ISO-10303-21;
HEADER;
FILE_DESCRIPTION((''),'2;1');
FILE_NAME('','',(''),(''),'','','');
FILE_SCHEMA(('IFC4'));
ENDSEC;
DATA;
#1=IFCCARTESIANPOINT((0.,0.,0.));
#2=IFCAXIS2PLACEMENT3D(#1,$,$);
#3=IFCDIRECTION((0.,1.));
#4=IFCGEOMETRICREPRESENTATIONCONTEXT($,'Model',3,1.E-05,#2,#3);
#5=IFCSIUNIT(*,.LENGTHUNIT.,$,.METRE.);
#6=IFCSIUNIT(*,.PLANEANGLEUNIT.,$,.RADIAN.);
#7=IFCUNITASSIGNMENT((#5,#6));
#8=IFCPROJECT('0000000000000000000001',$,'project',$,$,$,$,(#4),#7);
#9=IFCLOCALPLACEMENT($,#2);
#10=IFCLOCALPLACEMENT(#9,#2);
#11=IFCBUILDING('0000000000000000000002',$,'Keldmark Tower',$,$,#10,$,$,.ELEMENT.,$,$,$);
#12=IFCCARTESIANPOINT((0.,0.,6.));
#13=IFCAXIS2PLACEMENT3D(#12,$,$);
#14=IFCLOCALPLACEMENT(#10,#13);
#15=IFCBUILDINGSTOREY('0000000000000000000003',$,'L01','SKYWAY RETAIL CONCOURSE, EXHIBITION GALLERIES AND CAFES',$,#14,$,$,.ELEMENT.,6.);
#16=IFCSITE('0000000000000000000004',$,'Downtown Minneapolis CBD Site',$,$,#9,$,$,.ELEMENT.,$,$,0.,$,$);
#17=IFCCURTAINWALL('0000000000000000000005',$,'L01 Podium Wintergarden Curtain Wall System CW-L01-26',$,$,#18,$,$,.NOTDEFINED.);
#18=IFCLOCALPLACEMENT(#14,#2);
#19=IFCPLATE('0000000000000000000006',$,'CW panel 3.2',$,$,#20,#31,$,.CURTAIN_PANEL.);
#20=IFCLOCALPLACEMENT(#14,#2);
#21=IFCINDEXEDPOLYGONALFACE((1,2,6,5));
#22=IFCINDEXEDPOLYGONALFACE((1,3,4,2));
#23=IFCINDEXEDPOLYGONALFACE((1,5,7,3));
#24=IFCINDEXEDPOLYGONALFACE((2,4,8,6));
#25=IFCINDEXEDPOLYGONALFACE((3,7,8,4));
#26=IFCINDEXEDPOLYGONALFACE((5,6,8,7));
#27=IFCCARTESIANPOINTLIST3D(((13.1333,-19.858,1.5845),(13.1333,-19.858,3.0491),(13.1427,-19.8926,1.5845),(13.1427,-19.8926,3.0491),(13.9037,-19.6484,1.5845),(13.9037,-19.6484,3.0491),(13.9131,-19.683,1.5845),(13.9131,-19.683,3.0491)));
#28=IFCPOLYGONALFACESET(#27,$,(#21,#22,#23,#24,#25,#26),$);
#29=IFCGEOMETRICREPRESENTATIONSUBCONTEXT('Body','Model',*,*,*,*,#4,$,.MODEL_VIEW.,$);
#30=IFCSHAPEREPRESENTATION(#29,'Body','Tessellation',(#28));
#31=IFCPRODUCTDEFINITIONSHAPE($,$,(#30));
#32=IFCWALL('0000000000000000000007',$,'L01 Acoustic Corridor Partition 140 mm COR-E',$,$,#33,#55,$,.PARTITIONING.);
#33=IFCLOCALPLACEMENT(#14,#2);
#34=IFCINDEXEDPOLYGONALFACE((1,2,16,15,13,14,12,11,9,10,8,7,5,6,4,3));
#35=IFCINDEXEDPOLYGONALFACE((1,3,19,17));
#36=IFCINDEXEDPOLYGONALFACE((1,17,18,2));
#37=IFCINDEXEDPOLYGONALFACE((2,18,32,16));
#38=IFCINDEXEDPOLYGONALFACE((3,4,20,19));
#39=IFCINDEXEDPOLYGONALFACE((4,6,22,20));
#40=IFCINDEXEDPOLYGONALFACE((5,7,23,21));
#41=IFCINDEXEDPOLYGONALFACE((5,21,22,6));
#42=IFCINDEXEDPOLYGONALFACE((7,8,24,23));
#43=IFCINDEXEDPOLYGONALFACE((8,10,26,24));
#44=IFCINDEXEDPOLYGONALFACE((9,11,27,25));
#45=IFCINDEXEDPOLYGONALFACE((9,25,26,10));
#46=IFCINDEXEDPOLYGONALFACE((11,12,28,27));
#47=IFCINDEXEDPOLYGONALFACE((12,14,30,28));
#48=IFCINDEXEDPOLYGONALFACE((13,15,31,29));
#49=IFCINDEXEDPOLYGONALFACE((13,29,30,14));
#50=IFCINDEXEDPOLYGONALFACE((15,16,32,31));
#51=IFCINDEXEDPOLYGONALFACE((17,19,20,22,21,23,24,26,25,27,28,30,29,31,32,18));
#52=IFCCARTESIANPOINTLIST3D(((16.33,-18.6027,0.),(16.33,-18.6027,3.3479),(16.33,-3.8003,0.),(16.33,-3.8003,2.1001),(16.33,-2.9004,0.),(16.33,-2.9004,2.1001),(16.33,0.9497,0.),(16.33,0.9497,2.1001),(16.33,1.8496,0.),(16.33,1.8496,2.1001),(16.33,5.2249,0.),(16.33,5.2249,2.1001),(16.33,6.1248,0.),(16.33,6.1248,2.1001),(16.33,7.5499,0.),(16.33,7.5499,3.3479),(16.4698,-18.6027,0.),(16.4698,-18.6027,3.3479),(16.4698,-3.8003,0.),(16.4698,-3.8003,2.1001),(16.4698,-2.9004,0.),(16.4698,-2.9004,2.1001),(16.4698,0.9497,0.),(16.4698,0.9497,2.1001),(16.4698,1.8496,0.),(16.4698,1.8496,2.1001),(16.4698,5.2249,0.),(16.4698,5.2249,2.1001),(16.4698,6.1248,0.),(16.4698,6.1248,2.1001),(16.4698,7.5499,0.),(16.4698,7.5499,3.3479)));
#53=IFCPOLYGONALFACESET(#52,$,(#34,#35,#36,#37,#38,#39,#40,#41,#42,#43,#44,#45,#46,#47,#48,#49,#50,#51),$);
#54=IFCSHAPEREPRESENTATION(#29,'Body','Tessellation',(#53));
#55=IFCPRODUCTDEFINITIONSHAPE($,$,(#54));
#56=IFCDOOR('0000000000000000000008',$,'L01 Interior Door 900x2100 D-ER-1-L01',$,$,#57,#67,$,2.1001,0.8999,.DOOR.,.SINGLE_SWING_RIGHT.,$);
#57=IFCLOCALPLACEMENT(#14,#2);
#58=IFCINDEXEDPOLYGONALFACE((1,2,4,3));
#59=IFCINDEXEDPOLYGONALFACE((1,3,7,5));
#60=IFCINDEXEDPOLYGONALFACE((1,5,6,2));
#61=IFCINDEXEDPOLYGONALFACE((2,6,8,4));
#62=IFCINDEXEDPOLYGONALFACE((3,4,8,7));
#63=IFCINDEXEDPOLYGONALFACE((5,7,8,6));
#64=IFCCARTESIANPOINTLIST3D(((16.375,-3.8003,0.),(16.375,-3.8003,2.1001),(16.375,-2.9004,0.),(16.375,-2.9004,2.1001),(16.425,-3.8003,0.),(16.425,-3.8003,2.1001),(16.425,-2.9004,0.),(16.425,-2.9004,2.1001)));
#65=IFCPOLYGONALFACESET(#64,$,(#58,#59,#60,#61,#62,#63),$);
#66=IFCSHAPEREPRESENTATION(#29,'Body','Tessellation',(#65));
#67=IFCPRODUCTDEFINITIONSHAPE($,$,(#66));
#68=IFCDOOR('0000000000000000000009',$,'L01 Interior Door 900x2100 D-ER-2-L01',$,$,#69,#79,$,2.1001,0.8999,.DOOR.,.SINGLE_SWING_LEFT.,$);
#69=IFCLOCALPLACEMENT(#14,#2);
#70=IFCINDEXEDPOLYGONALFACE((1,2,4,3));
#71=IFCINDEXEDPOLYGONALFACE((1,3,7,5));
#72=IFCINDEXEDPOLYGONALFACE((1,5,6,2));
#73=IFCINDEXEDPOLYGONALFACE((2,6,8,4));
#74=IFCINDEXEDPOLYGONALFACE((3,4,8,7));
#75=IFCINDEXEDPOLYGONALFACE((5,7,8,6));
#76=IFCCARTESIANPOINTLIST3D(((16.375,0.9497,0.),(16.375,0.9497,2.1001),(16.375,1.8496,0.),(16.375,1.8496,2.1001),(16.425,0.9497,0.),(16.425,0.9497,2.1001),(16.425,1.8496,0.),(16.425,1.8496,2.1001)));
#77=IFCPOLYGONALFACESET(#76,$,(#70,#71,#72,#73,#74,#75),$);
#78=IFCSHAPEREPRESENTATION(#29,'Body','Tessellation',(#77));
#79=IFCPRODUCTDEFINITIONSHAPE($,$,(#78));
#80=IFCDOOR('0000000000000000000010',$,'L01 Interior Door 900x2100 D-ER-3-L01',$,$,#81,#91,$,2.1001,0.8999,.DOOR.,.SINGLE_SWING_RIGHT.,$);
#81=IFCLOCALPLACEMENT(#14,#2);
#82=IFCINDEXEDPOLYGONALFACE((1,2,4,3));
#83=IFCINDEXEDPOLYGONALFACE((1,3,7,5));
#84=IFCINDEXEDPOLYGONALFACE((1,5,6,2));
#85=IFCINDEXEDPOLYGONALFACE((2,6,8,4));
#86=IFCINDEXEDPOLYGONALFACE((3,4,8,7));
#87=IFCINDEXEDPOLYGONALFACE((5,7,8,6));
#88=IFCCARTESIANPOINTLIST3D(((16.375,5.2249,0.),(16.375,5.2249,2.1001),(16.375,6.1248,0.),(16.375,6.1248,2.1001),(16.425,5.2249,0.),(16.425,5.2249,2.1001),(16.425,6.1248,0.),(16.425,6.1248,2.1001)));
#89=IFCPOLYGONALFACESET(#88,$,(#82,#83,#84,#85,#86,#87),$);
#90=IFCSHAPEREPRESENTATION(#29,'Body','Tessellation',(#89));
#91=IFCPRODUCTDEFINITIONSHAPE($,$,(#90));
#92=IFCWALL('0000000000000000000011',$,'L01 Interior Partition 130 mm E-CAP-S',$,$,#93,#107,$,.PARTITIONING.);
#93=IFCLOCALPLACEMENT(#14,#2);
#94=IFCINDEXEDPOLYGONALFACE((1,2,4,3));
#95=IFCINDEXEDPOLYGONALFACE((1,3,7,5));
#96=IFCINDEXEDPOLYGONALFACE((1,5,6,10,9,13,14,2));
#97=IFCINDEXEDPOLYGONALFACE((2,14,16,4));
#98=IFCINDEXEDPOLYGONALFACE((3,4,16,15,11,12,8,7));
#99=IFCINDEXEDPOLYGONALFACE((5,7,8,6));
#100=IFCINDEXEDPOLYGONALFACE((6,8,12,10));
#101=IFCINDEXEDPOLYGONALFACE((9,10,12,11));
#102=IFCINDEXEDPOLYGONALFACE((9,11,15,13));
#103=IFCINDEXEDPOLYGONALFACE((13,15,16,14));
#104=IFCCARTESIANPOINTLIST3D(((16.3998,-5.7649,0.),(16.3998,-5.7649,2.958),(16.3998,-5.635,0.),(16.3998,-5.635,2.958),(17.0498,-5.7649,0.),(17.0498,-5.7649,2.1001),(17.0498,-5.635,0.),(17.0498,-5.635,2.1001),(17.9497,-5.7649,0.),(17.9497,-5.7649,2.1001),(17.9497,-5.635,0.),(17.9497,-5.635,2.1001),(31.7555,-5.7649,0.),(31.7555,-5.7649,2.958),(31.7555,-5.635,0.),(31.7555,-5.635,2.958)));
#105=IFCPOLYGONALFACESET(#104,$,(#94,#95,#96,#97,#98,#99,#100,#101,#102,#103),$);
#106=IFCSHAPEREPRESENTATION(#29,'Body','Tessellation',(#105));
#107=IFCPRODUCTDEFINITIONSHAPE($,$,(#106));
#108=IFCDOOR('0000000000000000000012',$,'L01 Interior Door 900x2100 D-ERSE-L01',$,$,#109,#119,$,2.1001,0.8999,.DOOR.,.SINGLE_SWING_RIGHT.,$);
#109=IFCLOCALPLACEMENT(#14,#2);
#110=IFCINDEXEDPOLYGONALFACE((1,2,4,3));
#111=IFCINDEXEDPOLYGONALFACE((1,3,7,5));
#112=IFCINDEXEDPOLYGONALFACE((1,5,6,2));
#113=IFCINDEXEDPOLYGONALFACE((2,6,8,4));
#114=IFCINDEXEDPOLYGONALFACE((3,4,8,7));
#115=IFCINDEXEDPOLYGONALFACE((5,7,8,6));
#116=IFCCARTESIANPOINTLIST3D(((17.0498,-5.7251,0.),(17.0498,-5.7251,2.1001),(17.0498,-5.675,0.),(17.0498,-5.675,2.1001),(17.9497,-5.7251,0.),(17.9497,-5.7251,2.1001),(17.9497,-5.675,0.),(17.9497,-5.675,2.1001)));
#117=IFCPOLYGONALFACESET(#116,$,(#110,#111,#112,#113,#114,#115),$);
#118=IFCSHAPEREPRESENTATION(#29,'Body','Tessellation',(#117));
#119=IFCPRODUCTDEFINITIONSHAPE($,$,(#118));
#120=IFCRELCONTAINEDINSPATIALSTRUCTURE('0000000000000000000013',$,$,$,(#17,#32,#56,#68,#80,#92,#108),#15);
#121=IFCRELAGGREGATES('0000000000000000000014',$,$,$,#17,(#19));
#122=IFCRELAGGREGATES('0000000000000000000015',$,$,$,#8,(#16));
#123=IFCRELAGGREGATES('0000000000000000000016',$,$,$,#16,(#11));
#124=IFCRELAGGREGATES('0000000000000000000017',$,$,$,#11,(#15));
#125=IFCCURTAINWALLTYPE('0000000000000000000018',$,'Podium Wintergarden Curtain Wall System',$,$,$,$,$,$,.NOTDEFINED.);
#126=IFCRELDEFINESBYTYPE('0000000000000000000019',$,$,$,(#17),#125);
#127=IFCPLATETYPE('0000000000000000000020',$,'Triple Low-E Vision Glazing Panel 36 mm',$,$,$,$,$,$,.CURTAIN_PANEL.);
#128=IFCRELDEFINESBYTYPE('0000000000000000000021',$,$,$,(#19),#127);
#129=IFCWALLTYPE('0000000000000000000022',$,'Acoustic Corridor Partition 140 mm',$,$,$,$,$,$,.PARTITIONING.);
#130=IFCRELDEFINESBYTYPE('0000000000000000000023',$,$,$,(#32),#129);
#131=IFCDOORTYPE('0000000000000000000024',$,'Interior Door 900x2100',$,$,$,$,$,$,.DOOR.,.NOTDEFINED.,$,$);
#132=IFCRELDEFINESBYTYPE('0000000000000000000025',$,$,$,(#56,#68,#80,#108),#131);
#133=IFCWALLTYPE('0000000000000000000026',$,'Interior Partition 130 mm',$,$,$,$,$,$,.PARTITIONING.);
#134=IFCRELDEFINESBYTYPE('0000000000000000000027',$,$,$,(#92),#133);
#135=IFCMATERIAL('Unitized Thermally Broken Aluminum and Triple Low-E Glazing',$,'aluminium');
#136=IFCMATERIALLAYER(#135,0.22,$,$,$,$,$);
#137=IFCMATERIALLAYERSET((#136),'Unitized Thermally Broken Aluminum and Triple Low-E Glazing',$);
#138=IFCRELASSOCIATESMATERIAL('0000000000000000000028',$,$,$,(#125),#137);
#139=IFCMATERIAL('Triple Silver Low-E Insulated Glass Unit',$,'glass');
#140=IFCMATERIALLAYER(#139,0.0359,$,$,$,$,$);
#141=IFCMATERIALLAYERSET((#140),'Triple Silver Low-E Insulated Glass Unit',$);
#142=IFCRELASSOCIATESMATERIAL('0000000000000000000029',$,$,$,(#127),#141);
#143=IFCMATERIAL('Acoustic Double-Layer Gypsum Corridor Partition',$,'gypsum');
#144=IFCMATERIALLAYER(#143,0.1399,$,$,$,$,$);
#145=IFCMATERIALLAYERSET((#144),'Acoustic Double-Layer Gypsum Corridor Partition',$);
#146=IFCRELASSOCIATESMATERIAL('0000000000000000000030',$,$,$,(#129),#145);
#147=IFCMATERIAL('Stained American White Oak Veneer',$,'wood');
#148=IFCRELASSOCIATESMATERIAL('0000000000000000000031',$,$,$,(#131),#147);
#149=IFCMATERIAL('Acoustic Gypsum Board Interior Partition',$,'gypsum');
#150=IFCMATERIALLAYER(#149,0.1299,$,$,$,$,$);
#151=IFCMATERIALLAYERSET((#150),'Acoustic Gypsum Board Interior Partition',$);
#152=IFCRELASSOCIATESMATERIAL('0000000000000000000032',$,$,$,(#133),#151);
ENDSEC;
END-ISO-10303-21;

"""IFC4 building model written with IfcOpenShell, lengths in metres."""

from ifc_helpers import new_model, si_unit, direction, frame, frame_2d, origin, origin_2d, place, context, subcontext, project, spatial, rectangle, extrude, material, layer, layer_set, type_object, element, fill, aggregate, save


model = new_model("IFC4")

# Units and contexts
model_context = context("Model", 3, precision=1e-05, world=origin(), true_north=direction((0.0, 1.0)))
body_context = subcontext(model_context, "Body", "Model", "MODEL_VIEW")
ifc_project = project(units=[si_unit("LENGTHUNIT", "METRE"), si_unit("PLANEANGLEUNIT", "RADIAN")], contexts=[model_context])

# Site, building, storey
site_placement = place(None, origin())
site = spatial("IfcSite", under=ifc_project, at=site_placement, Name="Downtown Minneapolis CBD Site", CompositionType="ELEMENT", RefElevation=0.0)
building_placement = place(site_placement, origin())
building = spatial("IfcBuilding", under=site, at=building_placement, Name="Keldmark Tower", CompositionType="ELEMENT")
storey_placement = place(building_placement, frame((0.0, 0.0, 6.0)))
storey = spatial("IfcBuildingStorey", under=building, at=storey_placement, Name="L01", Description="SKYWAY RETAIL CONCOURSE, EXHIBITION GALLERIES AND CAFES", CompositionType="ELEMENT", Elevation=6.0)

# Curtain wall
ifc_material_1 = material(Name="Unitized Thermally Broken Aluminum and Triple Low-E Glazing", Category="aluminium")
ifc_layer_1 = layer(ifc_material_1, 0.22)
ifc_layer_set_1 = layer_set([ifc_layer_1], Name="Unitized Thermally Broken Aluminum and Triple Low-E Glazing")
curtain_wall_type = type_object("IfcCurtainWallType", Name="Podium Wintergarden Curtain Wall System", PredefinedType="NOTDEFINED", material=ifc_layer_set_1)
curtain_wall_placement = place(storey_placement, origin())
curtain_wall = element("IfcCurtainWall", 1, at=curtain_wall_placement, inside=storey, type_object=curtain_wall_type, Name="L01 Podium Wintergarden Curtain Wall System CW-L01-26", PredefinedType="NOTDEFINED")

# Plate
ifc_material_2 = material(Name="Triple Silver Low-E Insulated Glass Unit", Category="glass")
ifc_layer_2 = layer(ifc_material_2, 0.0359)
ifc_layer_set_2 = layer_set([ifc_layer_2], Name="Triple Silver Low-E Insulated Glass Unit")
plate_type = type_object("IfcPlateType", Name="Triple Low-E Vision Glazing Panel 36 mm", PredefinedType="CURTAIN_PANEL", material=ifc_layer_set_2)
plate_1_placement = place(storey_placement, frame((13.5232, -19.7705, 1.5845), z_axis=(0.0, 0.0, 1.0), x_axis=(-0.964934, -0.262493, 0.0)))
plate_1 = element("IfcPlate", 2, at=plate_1_placement, type_object=plate_type, Name="CW panel 3.2", PredefinedType="CURTAIN_PANEL", context=body_context, shape_type="SweptSolid", body=[
    extrude(rectangle(XDim=0.7983, YDim=0.0359, at=origin_2d()), origin(), (0.0, 0.0, 1.0), 1.4646),
])
aggregate(curtain_wall, [plate_1])

# Wall, openings, doors
ifc_material_3 = material(Name="Acoustic Double-Layer Gypsum Corridor Partition", Category="gypsum")
ifc_layer_3 = layer(ifc_material_3, 0.1399)
ifc_layer_set_3 = layer_set([ifc_layer_3], Name="Acoustic Double-Layer Gypsum Corridor Partition")
wall_type_1 = type_object("IfcWallType", Name="Acoustic Corridor Partition 140 mm", PredefinedType="PARTITIONING", material=ifc_layer_set_3)
wall_1_placement = place(storey_placement, frame((16.3999, -18.6025, 0.0), z_axis=(0.0, 0.0, 1.0), x_axis=(0.0, 1.0, 0.0)))
wall_1 = element("IfcWall", 3, at=wall_1_placement, inside=storey, type_object=wall_type_1, Name="L01 Acoustic Corridor Partition 140 mm COR-E", PredefinedType="PARTITIONING", context=body_context, shape_type="SweptSolid", body=[
    extrude(rectangle(XDim=26.1526, YDim=0.1399, at=frame_2d((13.0762, 0.0))), origin(), (0.0, 0.0, 1.0), 3.3479),
])
opening_1_placement = place(wall_1_placement, frame((14.8022, 0.0, 0.0)))
opening_1 = element("IfcOpeningElement", 4, at=opening_1_placement, cuts=wall_1, PredefinedType="OPENING", context=body_context, shape_type="SweptSolid", body=[
    extrude(rectangle(XDim=0.8999, YDim=2.1001, at=frame_2d((0.45, 1.05))), frame((0.0, 0.0798, 0.0), z_axis=(0.0, -1.0, 0.0), x_axis=(1.0, 0.0, 0.0)), (0.0, 0.0, 1.0), 0.1599),
])
opening_2_placement = place(wall_1_placement, frame((19.5522, 0.0, 0.0)))
opening_2 = element("IfcOpeningElement", 5, at=opening_2_placement, cuts=wall_1, PredefinedType="OPENING", context=body_context, shape_type="SweptSolid", body=[
    extrude(rectangle(XDim=0.8999, YDim=2.1001, at=frame_2d((0.45, 1.05))), frame((0.0, 0.0798, 0.0), z_axis=(0.0, -1.0, 0.0), x_axis=(1.0, 0.0, 0.0)), (0.0, 0.0, 1.0), 0.1599),
])
opening_3_placement = place(wall_1_placement, frame((23.8274, 0.0, 0.0)))
opening_3 = element("IfcOpeningElement", 6, at=opening_3_placement, cuts=wall_1, PredefinedType="OPENING", context=body_context, shape_type="SweptSolid", body=[
    extrude(rectangle(XDim=0.8999, YDim=2.1001, at=frame_2d((0.45, 1.05))), frame((0.0, 0.0798, 0.0), z_axis=(0.0, -1.0, 0.0), x_axis=(1.0, 0.0, 0.0)), (0.0, 0.0, 1.0), 0.1599),
])
ifc_material_4 = material(Name="Stained American White Oak Veneer", Category="wood")
door_type = type_object("IfcDoorType", Name="Interior Door 900x2100", OperationType="NOTDEFINED", PredefinedType="DOOR", material=ifc_material_4)
door_1_placement = place(opening_1_placement, origin())
door_1 = element("IfcDoor", 7, at=door_1_placement, inside=storey, type_object=door_type, Name="L01 Interior Door 900x2100 D-ER-1-L01", OperationType="SINGLE_SWING_RIGHT", OverallHeight=2.1001, OverallWidth=0.8999, PredefinedType="DOOR", context=body_context, shape_type="SweptSolid", body=[
    extrude(rectangle(XDim=0.8999, YDim=2.1001, at=frame_2d((0.45, 1.05))), frame((0.0, 0.0249, 0.0), z_axis=(0.0, -1.0, 0.0), x_axis=(1.0, 0.0, 0.0)), (0.0, 0.0, 1.0), 0.05),
])
fill(opening_1, door_1)
door_2_placement = place(opening_2_placement, origin())
door_2 = element("IfcDoor", 8, at=door_2_placement, inside=storey, type_object=door_type, Name="L01 Interior Door 900x2100 D-ER-2-L01", OperationType="SINGLE_SWING_LEFT", OverallHeight=2.1001, OverallWidth=0.8999, PredefinedType="DOOR", context=body_context, shape_type="SweptSolid", body=[
    extrude(rectangle(XDim=0.8999, YDim=2.1001, at=frame_2d((0.45, 1.05))), frame((0.0, 0.0249, 0.0), z_axis=(0.0, -1.0, 0.0), x_axis=(1.0, 0.0, 0.0)), (0.0, 0.0, 1.0), 0.05),
])
fill(opening_2, door_2)
door_3_placement = place(opening_3_placement, origin())
door_3 = element("IfcDoor", 9, at=door_3_placement, inside=storey, type_object=door_type, Name="L01 Interior Door 900x2100 D-ER-3-L01", OperationType="SINGLE_SWING_RIGHT", OverallHeight=2.1001, OverallWidth=0.8999, PredefinedType="DOOR", context=body_context, shape_type="SweptSolid", body=[
    extrude(rectangle(XDim=0.8999, YDim=2.1001, at=frame_2d((0.45, 1.05))), frame((0.0, 0.0249, 0.0), z_axis=(0.0, -1.0, 0.0), x_axis=(1.0, 0.0, 0.0)), (0.0, 0.0, 1.0), 0.05),
])
fill(opening_3, door_3)

# Wall, opening, door
ifc_material_5 = material(Name="Acoustic Gypsum Board Interior Partition", Category="gypsum")
ifc_layer_4 = layer(ifc_material_5, 0.1299)
ifc_layer_set_4 = layer_set([ifc_layer_4], Name="Acoustic Gypsum Board Interior Partition")
wall_type_2 = type_object("IfcWallType", Name="Interior Partition 130 mm", PredefinedType="PARTITIONING", material=ifc_layer_set_4)
wall_2_placement = place(storey_placement, frame((16.3999, -5.7, 0.0), z_axis=(0.0, 0.0, 1.0), x_axis=(1.0, 0.0, 0.0)))
wall_2 = element("IfcWall", 10, at=wall_2_placement, inside=storey, type_object=wall_type_2, Name="L01 Interior Partition 130 mm E-CAP-S", PredefinedType="PARTITIONING", context=body_context, shape_type="SweptSolid", body=[
    extrude(rectangle(XDim=15.3557, YDim=0.1299, at=frame_2d((7.6777, 0.0))), origin(), (0.0, 0.0, 1.0), 2.958),
])
opening_4_placement = place(wall_2_placement, frame((0.6499, 0.0, 0.0)))
opening_4 = element("IfcOpeningElement", 11, at=opening_4_placement, cuts=wall_2, PredefinedType="OPENING", context=body_context, shape_type="SweptSolid", body=[
    extrude(rectangle(XDim=0.8999, YDim=2.1001, at=frame_2d((0.45, 1.05))), frame((0.0, 0.075, 0.0), z_axis=(0.0, -1.0, 0.0), x_axis=(1.0, 0.0, 0.0)), (0.0, 0.0, 1.0), 0.1499),
])
door_4_placement = place(opening_4_placement, origin())
door_4 = element("IfcDoor", 12, at=door_4_placement, inside=storey, type_object=door_type, Name="L01 Interior Door 900x2100 D-ERSE-L01", OperationType="SINGLE_SWING_RIGHT", OverallHeight=2.1001, OverallWidth=0.8999, PredefinedType="DOOR", context=body_context, shape_type="SweptSolid", body=[
    extrude(rectangle(XDim=0.8999, YDim=2.1001, at=frame_2d((0.45, 1.05))), frame((0.0, 0.0249, 0.0), z_axis=(0.0, -1.0, 0.0), x_axis=(1.0, 0.0, 0.0)), (0.0, 0.0, 1.0), 0.05),
])
fill(opening_4, door_4)

save(model, "model.ifc")
